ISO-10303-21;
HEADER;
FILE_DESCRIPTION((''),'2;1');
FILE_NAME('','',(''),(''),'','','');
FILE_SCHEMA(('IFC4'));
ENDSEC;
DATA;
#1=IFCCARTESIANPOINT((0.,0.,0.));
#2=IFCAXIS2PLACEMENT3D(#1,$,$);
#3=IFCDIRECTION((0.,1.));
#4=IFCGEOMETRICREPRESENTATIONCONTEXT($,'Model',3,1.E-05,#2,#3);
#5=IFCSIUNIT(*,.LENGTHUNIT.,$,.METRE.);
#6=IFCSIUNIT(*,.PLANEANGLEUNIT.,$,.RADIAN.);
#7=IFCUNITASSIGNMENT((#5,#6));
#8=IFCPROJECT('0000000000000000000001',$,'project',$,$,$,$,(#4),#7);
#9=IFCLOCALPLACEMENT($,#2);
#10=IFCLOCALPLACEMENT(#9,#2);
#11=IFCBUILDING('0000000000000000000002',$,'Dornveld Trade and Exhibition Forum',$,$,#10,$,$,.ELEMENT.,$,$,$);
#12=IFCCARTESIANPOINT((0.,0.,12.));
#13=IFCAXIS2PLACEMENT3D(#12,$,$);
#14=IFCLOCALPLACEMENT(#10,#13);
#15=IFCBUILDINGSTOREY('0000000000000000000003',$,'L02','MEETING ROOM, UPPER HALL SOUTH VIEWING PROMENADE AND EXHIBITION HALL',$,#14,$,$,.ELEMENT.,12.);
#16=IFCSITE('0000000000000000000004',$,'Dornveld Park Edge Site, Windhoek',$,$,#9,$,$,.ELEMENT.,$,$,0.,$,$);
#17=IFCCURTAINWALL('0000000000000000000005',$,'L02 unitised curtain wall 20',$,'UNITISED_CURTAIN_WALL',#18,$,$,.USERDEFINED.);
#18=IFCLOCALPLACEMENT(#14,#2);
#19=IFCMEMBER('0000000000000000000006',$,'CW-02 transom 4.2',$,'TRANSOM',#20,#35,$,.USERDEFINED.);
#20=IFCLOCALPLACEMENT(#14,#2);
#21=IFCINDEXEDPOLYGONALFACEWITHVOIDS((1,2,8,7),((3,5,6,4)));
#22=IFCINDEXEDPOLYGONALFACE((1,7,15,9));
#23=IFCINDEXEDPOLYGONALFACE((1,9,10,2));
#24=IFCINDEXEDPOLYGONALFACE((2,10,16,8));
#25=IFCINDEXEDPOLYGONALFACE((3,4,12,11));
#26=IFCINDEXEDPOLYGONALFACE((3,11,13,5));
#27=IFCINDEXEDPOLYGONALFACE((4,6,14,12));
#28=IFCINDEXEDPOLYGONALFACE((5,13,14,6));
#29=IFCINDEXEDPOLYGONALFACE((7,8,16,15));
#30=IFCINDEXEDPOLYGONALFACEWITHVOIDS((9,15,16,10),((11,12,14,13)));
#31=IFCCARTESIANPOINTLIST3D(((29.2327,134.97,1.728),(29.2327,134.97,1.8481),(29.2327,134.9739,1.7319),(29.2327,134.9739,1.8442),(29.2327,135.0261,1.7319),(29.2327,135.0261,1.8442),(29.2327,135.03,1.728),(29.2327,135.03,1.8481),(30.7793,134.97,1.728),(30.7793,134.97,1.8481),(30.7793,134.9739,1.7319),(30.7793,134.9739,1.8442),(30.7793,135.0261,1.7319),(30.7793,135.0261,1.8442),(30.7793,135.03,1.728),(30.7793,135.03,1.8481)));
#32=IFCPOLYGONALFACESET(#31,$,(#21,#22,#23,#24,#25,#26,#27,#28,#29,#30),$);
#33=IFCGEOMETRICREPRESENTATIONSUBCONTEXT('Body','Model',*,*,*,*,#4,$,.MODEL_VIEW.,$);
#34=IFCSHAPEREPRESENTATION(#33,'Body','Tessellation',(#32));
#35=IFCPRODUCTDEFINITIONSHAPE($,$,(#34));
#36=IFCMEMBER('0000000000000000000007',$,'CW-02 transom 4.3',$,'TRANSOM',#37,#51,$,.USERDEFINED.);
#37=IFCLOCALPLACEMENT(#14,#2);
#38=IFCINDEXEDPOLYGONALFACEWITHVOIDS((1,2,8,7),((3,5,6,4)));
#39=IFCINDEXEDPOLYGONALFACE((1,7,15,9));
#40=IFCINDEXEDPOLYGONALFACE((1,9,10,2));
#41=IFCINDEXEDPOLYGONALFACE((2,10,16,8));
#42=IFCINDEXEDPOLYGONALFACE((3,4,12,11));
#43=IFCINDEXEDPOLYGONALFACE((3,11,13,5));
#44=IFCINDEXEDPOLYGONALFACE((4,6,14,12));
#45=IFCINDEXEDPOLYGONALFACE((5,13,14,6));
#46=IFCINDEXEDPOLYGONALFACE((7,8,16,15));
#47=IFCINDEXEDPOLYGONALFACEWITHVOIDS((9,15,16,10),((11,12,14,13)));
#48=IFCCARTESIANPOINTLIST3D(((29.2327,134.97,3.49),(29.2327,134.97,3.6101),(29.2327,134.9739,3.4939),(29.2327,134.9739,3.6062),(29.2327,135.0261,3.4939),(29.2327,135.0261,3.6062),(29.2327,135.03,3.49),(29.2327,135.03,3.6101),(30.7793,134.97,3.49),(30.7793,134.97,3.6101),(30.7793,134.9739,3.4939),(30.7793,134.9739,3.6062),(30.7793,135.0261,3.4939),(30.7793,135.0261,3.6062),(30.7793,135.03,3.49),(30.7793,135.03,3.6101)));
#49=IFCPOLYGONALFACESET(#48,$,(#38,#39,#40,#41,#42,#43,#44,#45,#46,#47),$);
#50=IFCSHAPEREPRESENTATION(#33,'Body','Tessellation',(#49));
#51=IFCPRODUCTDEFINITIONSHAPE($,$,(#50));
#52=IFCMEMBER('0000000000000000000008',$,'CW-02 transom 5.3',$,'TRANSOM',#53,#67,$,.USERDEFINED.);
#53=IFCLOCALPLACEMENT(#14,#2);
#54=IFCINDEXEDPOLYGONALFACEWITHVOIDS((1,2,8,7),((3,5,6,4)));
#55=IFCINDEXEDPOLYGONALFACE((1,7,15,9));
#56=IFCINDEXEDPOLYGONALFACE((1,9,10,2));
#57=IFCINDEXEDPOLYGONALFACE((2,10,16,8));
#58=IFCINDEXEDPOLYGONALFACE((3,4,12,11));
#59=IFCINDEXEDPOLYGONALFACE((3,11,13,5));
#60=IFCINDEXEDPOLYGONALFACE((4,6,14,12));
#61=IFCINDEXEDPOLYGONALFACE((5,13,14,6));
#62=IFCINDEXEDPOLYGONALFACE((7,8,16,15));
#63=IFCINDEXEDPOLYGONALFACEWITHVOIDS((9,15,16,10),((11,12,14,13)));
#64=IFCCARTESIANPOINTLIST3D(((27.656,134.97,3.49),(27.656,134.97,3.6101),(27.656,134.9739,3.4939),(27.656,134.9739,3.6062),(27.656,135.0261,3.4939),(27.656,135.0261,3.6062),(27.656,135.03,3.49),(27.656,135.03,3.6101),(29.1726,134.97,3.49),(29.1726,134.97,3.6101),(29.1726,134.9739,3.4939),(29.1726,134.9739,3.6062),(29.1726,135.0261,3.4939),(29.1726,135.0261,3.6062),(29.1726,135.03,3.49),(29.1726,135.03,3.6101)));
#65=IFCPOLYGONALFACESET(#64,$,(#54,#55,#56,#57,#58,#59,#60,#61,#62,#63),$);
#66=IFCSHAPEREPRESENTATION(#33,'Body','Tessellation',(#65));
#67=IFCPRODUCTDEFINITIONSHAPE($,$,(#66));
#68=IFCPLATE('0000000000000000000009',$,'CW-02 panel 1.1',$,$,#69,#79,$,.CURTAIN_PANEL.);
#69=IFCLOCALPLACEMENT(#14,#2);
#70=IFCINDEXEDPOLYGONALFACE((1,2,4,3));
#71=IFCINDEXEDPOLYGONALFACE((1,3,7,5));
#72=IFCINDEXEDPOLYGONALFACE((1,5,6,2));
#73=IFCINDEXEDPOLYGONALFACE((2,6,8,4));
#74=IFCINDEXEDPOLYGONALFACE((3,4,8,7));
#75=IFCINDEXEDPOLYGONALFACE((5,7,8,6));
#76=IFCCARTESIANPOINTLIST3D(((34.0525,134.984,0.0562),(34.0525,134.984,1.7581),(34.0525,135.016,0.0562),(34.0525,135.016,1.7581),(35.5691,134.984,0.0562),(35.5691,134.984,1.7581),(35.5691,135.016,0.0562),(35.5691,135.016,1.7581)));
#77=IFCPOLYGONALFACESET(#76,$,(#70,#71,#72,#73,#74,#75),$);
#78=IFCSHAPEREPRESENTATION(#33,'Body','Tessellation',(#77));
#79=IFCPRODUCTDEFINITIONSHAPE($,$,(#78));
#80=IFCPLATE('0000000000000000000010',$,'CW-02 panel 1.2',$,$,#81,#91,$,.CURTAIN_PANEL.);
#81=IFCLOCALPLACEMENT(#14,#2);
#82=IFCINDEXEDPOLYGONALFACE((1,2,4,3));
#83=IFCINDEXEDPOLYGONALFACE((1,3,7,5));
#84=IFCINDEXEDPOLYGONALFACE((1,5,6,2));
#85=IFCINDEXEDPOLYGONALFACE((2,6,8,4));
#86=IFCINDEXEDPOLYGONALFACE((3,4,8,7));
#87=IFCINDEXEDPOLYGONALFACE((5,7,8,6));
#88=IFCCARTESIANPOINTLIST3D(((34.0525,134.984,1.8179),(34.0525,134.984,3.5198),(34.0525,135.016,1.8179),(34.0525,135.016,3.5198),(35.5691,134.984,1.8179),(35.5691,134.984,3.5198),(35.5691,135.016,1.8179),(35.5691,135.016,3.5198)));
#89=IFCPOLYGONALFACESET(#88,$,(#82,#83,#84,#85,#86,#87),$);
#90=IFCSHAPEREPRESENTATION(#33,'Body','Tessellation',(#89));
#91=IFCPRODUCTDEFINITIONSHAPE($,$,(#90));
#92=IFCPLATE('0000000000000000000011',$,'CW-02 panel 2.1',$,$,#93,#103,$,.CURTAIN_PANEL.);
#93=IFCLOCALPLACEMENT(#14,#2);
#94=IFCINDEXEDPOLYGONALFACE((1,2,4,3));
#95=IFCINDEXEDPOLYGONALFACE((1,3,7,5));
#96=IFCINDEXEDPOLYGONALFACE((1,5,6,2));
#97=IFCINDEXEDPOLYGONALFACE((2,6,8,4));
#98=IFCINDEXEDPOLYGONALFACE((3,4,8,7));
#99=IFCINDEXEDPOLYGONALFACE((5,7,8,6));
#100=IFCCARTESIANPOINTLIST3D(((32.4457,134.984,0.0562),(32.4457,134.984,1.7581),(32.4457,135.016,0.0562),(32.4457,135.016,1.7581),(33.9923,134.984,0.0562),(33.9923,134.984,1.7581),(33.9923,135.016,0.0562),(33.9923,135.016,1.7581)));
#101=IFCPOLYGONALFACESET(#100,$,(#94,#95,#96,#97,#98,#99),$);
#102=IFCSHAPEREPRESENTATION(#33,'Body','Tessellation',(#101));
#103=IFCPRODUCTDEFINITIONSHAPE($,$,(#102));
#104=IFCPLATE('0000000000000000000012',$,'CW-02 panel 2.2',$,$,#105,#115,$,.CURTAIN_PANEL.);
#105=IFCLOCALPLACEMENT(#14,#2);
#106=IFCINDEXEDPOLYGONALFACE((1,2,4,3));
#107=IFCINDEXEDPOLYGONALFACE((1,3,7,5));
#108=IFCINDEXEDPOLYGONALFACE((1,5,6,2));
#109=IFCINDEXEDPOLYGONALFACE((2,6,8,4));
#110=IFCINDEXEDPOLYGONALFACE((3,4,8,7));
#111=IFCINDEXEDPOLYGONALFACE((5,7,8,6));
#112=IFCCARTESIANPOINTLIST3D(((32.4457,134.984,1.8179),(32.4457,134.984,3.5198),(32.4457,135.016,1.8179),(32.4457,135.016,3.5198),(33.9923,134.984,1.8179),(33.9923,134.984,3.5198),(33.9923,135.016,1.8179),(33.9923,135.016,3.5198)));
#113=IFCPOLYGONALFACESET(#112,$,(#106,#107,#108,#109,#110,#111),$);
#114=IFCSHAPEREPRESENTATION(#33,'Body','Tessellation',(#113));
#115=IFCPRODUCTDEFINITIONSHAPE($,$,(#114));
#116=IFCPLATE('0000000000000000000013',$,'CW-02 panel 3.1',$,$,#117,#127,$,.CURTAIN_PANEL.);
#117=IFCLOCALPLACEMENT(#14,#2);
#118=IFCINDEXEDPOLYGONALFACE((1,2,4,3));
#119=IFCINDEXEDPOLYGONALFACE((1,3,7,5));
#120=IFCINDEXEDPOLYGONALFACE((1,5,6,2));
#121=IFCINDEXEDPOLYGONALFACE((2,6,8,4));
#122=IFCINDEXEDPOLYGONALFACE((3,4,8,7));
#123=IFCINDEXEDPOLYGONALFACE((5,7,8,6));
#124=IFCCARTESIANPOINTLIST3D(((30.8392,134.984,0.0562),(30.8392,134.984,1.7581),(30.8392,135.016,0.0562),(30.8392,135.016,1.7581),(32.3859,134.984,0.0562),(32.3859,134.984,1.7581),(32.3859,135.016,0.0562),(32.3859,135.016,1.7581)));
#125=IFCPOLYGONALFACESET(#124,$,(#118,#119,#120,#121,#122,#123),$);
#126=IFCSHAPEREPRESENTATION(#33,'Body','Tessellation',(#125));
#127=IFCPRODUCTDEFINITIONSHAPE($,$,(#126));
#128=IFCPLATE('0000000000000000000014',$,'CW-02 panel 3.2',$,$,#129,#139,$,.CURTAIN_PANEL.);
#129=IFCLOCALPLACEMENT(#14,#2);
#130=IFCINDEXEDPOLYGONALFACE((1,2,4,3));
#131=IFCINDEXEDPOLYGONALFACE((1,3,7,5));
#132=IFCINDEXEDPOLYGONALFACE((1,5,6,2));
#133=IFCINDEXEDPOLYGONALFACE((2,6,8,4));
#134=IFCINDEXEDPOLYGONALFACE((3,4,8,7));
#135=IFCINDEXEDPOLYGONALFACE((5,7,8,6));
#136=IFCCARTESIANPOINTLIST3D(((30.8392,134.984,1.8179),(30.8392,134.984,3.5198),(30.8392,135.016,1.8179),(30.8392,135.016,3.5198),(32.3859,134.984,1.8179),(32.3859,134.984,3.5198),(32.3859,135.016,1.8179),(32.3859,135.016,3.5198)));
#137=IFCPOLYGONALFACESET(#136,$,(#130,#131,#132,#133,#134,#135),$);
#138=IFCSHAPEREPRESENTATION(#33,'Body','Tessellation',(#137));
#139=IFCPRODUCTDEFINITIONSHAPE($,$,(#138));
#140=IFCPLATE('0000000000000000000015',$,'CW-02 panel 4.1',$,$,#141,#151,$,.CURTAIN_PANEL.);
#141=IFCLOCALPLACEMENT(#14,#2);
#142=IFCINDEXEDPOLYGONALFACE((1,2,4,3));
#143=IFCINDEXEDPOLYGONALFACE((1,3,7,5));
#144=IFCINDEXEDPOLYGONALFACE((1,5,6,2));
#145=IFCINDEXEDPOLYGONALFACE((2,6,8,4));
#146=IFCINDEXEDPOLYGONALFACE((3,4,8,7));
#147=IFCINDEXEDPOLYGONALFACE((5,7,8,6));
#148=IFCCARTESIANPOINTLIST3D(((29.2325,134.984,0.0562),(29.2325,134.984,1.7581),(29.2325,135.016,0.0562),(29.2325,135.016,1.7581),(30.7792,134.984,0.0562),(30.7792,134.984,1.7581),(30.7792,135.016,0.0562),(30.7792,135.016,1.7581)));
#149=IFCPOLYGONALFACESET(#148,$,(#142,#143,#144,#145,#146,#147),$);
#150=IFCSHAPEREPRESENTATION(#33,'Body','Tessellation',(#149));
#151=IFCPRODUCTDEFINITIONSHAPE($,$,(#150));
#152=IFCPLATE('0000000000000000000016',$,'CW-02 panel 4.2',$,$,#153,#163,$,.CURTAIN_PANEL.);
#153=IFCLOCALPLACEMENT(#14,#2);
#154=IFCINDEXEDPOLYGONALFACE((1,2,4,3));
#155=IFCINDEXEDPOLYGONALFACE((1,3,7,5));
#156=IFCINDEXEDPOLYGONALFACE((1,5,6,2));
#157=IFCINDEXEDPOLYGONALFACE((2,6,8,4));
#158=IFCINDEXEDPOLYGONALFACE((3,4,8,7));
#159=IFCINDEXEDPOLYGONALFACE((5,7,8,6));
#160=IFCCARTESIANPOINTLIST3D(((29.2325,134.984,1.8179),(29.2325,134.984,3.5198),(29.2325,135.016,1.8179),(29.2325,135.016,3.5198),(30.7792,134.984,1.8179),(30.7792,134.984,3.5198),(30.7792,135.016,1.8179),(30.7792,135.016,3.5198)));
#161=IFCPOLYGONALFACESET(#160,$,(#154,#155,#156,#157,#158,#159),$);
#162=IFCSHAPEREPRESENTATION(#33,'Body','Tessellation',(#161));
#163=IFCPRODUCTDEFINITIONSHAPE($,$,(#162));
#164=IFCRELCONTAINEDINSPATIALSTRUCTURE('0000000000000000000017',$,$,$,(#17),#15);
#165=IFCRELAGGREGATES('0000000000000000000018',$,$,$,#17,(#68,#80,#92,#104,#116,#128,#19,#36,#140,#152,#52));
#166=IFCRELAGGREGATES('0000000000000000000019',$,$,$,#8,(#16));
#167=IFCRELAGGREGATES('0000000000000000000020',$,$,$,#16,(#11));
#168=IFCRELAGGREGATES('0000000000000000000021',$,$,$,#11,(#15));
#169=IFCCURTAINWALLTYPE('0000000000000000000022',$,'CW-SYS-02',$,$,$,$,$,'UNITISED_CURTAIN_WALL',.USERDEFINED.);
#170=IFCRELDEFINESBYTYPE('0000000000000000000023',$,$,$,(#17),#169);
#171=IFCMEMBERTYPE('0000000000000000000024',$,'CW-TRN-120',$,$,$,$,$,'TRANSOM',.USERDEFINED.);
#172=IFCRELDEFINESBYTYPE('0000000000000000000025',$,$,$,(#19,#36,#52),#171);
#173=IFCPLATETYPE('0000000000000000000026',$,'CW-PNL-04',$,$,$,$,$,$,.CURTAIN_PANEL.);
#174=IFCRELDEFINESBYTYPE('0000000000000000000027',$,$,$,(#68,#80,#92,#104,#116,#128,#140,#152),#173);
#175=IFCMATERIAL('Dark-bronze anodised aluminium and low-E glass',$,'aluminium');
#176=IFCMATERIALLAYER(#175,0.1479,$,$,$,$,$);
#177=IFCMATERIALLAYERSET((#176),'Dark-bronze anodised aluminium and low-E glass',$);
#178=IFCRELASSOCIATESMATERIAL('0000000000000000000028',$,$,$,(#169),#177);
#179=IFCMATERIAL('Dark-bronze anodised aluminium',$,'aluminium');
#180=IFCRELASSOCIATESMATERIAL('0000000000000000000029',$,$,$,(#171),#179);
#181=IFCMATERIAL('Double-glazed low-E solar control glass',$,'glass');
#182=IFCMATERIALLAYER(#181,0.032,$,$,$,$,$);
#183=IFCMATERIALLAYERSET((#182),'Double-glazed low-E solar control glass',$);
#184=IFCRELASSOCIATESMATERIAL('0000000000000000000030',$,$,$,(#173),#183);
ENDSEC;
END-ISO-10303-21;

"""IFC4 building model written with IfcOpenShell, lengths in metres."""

from ifc_helpers import new_model, si_unit, direction, frame, origin, origin_2d, place, context, subcontext, project, spatial, rectangle, hollow_rectangle, extrude, material, layer, layer_set, material_profile, profile_set, type_object, element, aggregate, save


model = new_model("IFC4")

# Units and contexts
model_context = context("Model", 3, precision=1e-05, world=origin(), true_north=direction((0.0, 1.0)))
body_context = subcontext(model_context, "Body", "Model", "MODEL_VIEW")
ifc_project = project(units=[si_unit("LENGTHUNIT", "METRE"), si_unit("PLANEANGLEUNIT", "RADIAN")], contexts=[model_context])

# Site, building, storey
site_placement = place(None, origin())
site = spatial("IfcSite", under=ifc_project, at=site_placement, Name="Dornveld Park Edge Site, Windhoek", CompositionType="ELEMENT", RefElevation=0.0)
building_placement = place(site_placement, origin())
building = spatial("IfcBuilding", under=site, at=building_placement, Name="Dornveld Trade and Exhibition Forum", CompositionType="ELEMENT")
storey_placement = place(building_placement, frame((0.0, 0.0, 12.0)))
storey = spatial("IfcBuildingStorey", under=building, at=storey_placement, Name="L02", Description="MEETING ROOM, UPPER HALL SOUTH VIEWING PROMENADE AND EXHIBITION HALL", CompositionType="ELEMENT", Elevation=12.0)

# Curtain wall, members, plates
ifc_material_1 = material(Name="Dark-bronze anodised aluminium and low-E glass", Category="aluminium")
ifc_layer_1 = layer(ifc_material_1, 0.1479)
ifc_layer_set_1 = layer_set([ifc_layer_1], Name="Dark-bronze anodised aluminium and low-E glass")
curtain_wall_type = type_object("IfcCurtainWallType", Name="CW-SYS-02", ElementType="UNITISED_CURTAIN_WALL", PredefinedType="USERDEFINED", material=ifc_layer_set_1)
curtain_wall_placement = place(storey_placement, origin())
curtain_wall = element("IfcCurtainWall", 1, at=curtain_wall_placement, inside=storey, type_object=curtain_wall_type, Name="L02 unitised curtain wall 20", ObjectType="UNITISED_CURTAIN_WALL", PredefinedType="USERDEFINED")
ifc_material_2 = material(Name="Dark-bronze anodised aluminium", Category="aluminium")
ifc_material_profile_1 = material_profile(ifc_material_2, hollow_rectangle(XDim=0.0601, YDim=0.1201, WallThickness=0.0039, at=origin_2d()), Name="RHS 120x60x4")
ifc_profile_set_1 = profile_set([ifc_material_profile_1], Name="Dark-bronze anodised aluminium")
member_type_1 = type_object("IfcMemberType", Name="CW-TRN-120", ElementType="TRANSOM", PredefinedType="USERDEFINED", material=ifc_profile_set_1)
member_1_placement = place(storey_placement, frame((30.7793, 135.0, 1.7881), z_axis=(-1.0, 0.0, 0.0), x_axis=(0.0, -1.0, 0.0)))
member_1 = element("IfcMember", 2, at=member_1_placement, type_object=member_type_1, Name="CW-02 transom 4.2", ObjectType="TRANSOM", PredefinedType="USERDEFINED", context=body_context, shape_type="SweptSolid", body=[
    extrude(hollow_rectangle(XDim=0.0601, YDim=0.1201, WallThickness=0.0039, at=origin_2d()), origin(), (0.0, 0.0, 1.0), 1.5466),
])
member_2_placement = place(storey_placement, frame((30.7793, 135.0, 3.55), z_axis=(-1.0, 0.0, 0.0), x_axis=(0.0, -1.0, 0.0)))
member_2 = element("IfcMember", 3, at=member_2_placement, type_object=member_type_1, Name="CW-02 transom 4.3", ObjectType="TRANSOM", PredefinedType="USERDEFINED", context=body_context, shape_type="SweptSolid", body=[
    extrude(hollow_rectangle(XDim=0.0601, YDim=0.1201, WallThickness=0.0039, at=origin_2d()), origin(), (0.0, 0.0, 1.0), 1.5466),
])
member_3_placement = place(storey_placement, frame((29.1726, 135.0, 3.55), z_axis=(-1.0, 0.0, 0.0), x_axis=(0.0, -1.0, 0.0)))
member_3 = element("IfcMember", 4, at=member_3_placement, type_object=member_type_1, Name="CW-02 transom 5.3", ObjectType="TRANSOM", PredefinedType="USERDEFINED", context=body_context, shape_type="SweptSolid", body=[
    extrude(hollow_rectangle(XDim=0.0601, YDim=0.1201, WallThickness=0.0039, at=origin_2d()), origin(), (0.0, 0.0, 1.0), 1.5166),
])
ifc_material_3 = material(Name="Double-glazed low-E solar control glass", Category="glass")
ifc_layer_2 = layer(ifc_material_3, 0.032)
ifc_layer_set_2 = layer_set([ifc_layer_2], Name="Double-glazed low-E solar control glass")
plate_type = type_object("IfcPlateType", Name="CW-PNL-04", PredefinedType="CURTAIN_PANEL", material=ifc_layer_set_2)
plate_1_placement = place(storey_placement, frame((34.8108, 135.0, 0.0562), z_axis=(0.0, 0.0, 1.0), x_axis=(-1.0, 0.0, 0.0)))
plate_1 = element("IfcPlate", 5, at=plate_1_placement, type_object=plate_type, Name="CW-02 panel 1.1", PredefinedType="CURTAIN_PANEL", context=body_context, shape_type="SweptSolid", body=[
    extrude(rectangle(XDim=1.5166, YDim=0.032, at=origin_2d()), origin(), (0.0, 0.0, 1.0), 1.7019),
])
plate_2_placement = place(storey_placement, frame((34.8108, 135.0, 1.8179), z_axis=(0.0, 0.0, 1.0), x_axis=(-1.0, 0.0, 0.0)))
plate_2 = element("IfcPlate", 6, at=plate_2_placement, type_object=plate_type, Name="CW-02 panel 1.2", PredefinedType="CURTAIN_PANEL", context=body_context, shape_type="SweptSolid", body=[
    extrude(rectangle(XDim=1.5166, YDim=0.032, at=origin_2d()), origin(), (0.0, 0.0, 1.0), 1.7019),
])
plate_3_placement = place(storey_placement, frame((33.219, 135.0, 0.0562), z_axis=(0.0, 0.0, 1.0), x_axis=(-1.0, 0.0, 0.0)))
plate_3 = element("IfcPlate", 7, at=plate_3_placement, type_object=plate_type, Name="CW-02 panel 2.1", PredefinedType="CURTAIN_PANEL", context=body_context, shape_type="SweptSolid", body=[
    extrude(rectangle(XDim=1.5466, YDim=0.032, at=origin_2d()), origin(), (0.0, 0.0, 1.0), 1.7019),
])
plate_4_placement = place(storey_placement, frame((33.219, 135.0, 1.8179), z_axis=(0.0, 0.0, 1.0), x_axis=(-1.0, 0.0, 0.0)))
plate_4 = element("IfcPlate", 8, at=plate_4_placement, type_object=plate_type, Name="CW-02 panel 2.2", PredefinedType="CURTAIN_PANEL", context=body_context, shape_type="SweptSolid", body=[
    extrude(rectangle(XDim=1.5466, YDim=0.032, at=origin_2d()), origin(), (0.0, 0.0, 1.0), 1.7019),
])
plate_5_placement = place(storey_placement, frame((31.6125, 135.0, 0.0562), z_axis=(0.0, 0.0, 1.0), x_axis=(-1.0, 0.0, 0.0)))
plate_5 = element("IfcPlate", 9, at=plate_5_placement, type_object=plate_type, Name="CW-02 panel 3.1", PredefinedType="CURTAIN_PANEL", context=body_context, shape_type="SweptSolid", body=[
    extrude(rectangle(XDim=1.5466, YDim=0.032, at=origin_2d()), origin(), (0.0, 0.0, 1.0), 1.7019),
])
plate_6_placement = place(storey_placement, frame((31.6125, 135.0, 1.8179), z_axis=(0.0, 0.0, 1.0), x_axis=(-1.0, 0.0, 0.0)))
plate_6 = element("IfcPlate", 10, at=plate_6_placement, type_object=plate_type, Name="CW-02 panel 3.2", PredefinedType="CURTAIN_PANEL", context=body_context, shape_type="SweptSolid", body=[
    extrude(rectangle(XDim=1.5466, YDim=0.032, at=origin_2d()), origin(), (0.0, 0.0, 1.0), 1.7019),
])
plate_7_placement = place(storey_placement, frame((30.0059, 135.0, 0.0562), z_axis=(0.0, 0.0, 1.0), x_axis=(-1.0, 0.0, 0.0)))
plate_7 = element("IfcPlate", 11, at=plate_7_placement, type_object=plate_type, Name="CW-02 panel 4.1", PredefinedType="CURTAIN_PANEL", context=body_context, shape_type="SweptSolid", body=[
    extrude(rectangle(XDim=1.5466, YDim=0.032, at=origin_2d()), origin(), (0.0, 0.0, 1.0), 1.7019),
])
plate_8_placement = place(storey_placement, frame((30.0059, 135.0, 1.8179), z_axis=(0.0, 0.0, 1.0), x_axis=(-1.0, 0.0, 0.0)))
plate_8 = element("IfcPlate", 12, at=plate_8_placement, type_object=plate_type, Name="CW-02 panel 4.2", PredefinedType="CURTAIN_PANEL", context=body_context, shape_type="SweptSolid", body=[
    extrude(rectangle(XDim=1.5466, YDim=0.032, at=origin_2d()), origin(), (0.0, 0.0, 1.0), 1.7019),
])
aggregate(curtain_wall, [plate_1, plate_2, plate_3, plate_4, plate_5, plate_6, member_1, member_2, plate_7, plate_8, member_3])

save(model, "model.ifc")
